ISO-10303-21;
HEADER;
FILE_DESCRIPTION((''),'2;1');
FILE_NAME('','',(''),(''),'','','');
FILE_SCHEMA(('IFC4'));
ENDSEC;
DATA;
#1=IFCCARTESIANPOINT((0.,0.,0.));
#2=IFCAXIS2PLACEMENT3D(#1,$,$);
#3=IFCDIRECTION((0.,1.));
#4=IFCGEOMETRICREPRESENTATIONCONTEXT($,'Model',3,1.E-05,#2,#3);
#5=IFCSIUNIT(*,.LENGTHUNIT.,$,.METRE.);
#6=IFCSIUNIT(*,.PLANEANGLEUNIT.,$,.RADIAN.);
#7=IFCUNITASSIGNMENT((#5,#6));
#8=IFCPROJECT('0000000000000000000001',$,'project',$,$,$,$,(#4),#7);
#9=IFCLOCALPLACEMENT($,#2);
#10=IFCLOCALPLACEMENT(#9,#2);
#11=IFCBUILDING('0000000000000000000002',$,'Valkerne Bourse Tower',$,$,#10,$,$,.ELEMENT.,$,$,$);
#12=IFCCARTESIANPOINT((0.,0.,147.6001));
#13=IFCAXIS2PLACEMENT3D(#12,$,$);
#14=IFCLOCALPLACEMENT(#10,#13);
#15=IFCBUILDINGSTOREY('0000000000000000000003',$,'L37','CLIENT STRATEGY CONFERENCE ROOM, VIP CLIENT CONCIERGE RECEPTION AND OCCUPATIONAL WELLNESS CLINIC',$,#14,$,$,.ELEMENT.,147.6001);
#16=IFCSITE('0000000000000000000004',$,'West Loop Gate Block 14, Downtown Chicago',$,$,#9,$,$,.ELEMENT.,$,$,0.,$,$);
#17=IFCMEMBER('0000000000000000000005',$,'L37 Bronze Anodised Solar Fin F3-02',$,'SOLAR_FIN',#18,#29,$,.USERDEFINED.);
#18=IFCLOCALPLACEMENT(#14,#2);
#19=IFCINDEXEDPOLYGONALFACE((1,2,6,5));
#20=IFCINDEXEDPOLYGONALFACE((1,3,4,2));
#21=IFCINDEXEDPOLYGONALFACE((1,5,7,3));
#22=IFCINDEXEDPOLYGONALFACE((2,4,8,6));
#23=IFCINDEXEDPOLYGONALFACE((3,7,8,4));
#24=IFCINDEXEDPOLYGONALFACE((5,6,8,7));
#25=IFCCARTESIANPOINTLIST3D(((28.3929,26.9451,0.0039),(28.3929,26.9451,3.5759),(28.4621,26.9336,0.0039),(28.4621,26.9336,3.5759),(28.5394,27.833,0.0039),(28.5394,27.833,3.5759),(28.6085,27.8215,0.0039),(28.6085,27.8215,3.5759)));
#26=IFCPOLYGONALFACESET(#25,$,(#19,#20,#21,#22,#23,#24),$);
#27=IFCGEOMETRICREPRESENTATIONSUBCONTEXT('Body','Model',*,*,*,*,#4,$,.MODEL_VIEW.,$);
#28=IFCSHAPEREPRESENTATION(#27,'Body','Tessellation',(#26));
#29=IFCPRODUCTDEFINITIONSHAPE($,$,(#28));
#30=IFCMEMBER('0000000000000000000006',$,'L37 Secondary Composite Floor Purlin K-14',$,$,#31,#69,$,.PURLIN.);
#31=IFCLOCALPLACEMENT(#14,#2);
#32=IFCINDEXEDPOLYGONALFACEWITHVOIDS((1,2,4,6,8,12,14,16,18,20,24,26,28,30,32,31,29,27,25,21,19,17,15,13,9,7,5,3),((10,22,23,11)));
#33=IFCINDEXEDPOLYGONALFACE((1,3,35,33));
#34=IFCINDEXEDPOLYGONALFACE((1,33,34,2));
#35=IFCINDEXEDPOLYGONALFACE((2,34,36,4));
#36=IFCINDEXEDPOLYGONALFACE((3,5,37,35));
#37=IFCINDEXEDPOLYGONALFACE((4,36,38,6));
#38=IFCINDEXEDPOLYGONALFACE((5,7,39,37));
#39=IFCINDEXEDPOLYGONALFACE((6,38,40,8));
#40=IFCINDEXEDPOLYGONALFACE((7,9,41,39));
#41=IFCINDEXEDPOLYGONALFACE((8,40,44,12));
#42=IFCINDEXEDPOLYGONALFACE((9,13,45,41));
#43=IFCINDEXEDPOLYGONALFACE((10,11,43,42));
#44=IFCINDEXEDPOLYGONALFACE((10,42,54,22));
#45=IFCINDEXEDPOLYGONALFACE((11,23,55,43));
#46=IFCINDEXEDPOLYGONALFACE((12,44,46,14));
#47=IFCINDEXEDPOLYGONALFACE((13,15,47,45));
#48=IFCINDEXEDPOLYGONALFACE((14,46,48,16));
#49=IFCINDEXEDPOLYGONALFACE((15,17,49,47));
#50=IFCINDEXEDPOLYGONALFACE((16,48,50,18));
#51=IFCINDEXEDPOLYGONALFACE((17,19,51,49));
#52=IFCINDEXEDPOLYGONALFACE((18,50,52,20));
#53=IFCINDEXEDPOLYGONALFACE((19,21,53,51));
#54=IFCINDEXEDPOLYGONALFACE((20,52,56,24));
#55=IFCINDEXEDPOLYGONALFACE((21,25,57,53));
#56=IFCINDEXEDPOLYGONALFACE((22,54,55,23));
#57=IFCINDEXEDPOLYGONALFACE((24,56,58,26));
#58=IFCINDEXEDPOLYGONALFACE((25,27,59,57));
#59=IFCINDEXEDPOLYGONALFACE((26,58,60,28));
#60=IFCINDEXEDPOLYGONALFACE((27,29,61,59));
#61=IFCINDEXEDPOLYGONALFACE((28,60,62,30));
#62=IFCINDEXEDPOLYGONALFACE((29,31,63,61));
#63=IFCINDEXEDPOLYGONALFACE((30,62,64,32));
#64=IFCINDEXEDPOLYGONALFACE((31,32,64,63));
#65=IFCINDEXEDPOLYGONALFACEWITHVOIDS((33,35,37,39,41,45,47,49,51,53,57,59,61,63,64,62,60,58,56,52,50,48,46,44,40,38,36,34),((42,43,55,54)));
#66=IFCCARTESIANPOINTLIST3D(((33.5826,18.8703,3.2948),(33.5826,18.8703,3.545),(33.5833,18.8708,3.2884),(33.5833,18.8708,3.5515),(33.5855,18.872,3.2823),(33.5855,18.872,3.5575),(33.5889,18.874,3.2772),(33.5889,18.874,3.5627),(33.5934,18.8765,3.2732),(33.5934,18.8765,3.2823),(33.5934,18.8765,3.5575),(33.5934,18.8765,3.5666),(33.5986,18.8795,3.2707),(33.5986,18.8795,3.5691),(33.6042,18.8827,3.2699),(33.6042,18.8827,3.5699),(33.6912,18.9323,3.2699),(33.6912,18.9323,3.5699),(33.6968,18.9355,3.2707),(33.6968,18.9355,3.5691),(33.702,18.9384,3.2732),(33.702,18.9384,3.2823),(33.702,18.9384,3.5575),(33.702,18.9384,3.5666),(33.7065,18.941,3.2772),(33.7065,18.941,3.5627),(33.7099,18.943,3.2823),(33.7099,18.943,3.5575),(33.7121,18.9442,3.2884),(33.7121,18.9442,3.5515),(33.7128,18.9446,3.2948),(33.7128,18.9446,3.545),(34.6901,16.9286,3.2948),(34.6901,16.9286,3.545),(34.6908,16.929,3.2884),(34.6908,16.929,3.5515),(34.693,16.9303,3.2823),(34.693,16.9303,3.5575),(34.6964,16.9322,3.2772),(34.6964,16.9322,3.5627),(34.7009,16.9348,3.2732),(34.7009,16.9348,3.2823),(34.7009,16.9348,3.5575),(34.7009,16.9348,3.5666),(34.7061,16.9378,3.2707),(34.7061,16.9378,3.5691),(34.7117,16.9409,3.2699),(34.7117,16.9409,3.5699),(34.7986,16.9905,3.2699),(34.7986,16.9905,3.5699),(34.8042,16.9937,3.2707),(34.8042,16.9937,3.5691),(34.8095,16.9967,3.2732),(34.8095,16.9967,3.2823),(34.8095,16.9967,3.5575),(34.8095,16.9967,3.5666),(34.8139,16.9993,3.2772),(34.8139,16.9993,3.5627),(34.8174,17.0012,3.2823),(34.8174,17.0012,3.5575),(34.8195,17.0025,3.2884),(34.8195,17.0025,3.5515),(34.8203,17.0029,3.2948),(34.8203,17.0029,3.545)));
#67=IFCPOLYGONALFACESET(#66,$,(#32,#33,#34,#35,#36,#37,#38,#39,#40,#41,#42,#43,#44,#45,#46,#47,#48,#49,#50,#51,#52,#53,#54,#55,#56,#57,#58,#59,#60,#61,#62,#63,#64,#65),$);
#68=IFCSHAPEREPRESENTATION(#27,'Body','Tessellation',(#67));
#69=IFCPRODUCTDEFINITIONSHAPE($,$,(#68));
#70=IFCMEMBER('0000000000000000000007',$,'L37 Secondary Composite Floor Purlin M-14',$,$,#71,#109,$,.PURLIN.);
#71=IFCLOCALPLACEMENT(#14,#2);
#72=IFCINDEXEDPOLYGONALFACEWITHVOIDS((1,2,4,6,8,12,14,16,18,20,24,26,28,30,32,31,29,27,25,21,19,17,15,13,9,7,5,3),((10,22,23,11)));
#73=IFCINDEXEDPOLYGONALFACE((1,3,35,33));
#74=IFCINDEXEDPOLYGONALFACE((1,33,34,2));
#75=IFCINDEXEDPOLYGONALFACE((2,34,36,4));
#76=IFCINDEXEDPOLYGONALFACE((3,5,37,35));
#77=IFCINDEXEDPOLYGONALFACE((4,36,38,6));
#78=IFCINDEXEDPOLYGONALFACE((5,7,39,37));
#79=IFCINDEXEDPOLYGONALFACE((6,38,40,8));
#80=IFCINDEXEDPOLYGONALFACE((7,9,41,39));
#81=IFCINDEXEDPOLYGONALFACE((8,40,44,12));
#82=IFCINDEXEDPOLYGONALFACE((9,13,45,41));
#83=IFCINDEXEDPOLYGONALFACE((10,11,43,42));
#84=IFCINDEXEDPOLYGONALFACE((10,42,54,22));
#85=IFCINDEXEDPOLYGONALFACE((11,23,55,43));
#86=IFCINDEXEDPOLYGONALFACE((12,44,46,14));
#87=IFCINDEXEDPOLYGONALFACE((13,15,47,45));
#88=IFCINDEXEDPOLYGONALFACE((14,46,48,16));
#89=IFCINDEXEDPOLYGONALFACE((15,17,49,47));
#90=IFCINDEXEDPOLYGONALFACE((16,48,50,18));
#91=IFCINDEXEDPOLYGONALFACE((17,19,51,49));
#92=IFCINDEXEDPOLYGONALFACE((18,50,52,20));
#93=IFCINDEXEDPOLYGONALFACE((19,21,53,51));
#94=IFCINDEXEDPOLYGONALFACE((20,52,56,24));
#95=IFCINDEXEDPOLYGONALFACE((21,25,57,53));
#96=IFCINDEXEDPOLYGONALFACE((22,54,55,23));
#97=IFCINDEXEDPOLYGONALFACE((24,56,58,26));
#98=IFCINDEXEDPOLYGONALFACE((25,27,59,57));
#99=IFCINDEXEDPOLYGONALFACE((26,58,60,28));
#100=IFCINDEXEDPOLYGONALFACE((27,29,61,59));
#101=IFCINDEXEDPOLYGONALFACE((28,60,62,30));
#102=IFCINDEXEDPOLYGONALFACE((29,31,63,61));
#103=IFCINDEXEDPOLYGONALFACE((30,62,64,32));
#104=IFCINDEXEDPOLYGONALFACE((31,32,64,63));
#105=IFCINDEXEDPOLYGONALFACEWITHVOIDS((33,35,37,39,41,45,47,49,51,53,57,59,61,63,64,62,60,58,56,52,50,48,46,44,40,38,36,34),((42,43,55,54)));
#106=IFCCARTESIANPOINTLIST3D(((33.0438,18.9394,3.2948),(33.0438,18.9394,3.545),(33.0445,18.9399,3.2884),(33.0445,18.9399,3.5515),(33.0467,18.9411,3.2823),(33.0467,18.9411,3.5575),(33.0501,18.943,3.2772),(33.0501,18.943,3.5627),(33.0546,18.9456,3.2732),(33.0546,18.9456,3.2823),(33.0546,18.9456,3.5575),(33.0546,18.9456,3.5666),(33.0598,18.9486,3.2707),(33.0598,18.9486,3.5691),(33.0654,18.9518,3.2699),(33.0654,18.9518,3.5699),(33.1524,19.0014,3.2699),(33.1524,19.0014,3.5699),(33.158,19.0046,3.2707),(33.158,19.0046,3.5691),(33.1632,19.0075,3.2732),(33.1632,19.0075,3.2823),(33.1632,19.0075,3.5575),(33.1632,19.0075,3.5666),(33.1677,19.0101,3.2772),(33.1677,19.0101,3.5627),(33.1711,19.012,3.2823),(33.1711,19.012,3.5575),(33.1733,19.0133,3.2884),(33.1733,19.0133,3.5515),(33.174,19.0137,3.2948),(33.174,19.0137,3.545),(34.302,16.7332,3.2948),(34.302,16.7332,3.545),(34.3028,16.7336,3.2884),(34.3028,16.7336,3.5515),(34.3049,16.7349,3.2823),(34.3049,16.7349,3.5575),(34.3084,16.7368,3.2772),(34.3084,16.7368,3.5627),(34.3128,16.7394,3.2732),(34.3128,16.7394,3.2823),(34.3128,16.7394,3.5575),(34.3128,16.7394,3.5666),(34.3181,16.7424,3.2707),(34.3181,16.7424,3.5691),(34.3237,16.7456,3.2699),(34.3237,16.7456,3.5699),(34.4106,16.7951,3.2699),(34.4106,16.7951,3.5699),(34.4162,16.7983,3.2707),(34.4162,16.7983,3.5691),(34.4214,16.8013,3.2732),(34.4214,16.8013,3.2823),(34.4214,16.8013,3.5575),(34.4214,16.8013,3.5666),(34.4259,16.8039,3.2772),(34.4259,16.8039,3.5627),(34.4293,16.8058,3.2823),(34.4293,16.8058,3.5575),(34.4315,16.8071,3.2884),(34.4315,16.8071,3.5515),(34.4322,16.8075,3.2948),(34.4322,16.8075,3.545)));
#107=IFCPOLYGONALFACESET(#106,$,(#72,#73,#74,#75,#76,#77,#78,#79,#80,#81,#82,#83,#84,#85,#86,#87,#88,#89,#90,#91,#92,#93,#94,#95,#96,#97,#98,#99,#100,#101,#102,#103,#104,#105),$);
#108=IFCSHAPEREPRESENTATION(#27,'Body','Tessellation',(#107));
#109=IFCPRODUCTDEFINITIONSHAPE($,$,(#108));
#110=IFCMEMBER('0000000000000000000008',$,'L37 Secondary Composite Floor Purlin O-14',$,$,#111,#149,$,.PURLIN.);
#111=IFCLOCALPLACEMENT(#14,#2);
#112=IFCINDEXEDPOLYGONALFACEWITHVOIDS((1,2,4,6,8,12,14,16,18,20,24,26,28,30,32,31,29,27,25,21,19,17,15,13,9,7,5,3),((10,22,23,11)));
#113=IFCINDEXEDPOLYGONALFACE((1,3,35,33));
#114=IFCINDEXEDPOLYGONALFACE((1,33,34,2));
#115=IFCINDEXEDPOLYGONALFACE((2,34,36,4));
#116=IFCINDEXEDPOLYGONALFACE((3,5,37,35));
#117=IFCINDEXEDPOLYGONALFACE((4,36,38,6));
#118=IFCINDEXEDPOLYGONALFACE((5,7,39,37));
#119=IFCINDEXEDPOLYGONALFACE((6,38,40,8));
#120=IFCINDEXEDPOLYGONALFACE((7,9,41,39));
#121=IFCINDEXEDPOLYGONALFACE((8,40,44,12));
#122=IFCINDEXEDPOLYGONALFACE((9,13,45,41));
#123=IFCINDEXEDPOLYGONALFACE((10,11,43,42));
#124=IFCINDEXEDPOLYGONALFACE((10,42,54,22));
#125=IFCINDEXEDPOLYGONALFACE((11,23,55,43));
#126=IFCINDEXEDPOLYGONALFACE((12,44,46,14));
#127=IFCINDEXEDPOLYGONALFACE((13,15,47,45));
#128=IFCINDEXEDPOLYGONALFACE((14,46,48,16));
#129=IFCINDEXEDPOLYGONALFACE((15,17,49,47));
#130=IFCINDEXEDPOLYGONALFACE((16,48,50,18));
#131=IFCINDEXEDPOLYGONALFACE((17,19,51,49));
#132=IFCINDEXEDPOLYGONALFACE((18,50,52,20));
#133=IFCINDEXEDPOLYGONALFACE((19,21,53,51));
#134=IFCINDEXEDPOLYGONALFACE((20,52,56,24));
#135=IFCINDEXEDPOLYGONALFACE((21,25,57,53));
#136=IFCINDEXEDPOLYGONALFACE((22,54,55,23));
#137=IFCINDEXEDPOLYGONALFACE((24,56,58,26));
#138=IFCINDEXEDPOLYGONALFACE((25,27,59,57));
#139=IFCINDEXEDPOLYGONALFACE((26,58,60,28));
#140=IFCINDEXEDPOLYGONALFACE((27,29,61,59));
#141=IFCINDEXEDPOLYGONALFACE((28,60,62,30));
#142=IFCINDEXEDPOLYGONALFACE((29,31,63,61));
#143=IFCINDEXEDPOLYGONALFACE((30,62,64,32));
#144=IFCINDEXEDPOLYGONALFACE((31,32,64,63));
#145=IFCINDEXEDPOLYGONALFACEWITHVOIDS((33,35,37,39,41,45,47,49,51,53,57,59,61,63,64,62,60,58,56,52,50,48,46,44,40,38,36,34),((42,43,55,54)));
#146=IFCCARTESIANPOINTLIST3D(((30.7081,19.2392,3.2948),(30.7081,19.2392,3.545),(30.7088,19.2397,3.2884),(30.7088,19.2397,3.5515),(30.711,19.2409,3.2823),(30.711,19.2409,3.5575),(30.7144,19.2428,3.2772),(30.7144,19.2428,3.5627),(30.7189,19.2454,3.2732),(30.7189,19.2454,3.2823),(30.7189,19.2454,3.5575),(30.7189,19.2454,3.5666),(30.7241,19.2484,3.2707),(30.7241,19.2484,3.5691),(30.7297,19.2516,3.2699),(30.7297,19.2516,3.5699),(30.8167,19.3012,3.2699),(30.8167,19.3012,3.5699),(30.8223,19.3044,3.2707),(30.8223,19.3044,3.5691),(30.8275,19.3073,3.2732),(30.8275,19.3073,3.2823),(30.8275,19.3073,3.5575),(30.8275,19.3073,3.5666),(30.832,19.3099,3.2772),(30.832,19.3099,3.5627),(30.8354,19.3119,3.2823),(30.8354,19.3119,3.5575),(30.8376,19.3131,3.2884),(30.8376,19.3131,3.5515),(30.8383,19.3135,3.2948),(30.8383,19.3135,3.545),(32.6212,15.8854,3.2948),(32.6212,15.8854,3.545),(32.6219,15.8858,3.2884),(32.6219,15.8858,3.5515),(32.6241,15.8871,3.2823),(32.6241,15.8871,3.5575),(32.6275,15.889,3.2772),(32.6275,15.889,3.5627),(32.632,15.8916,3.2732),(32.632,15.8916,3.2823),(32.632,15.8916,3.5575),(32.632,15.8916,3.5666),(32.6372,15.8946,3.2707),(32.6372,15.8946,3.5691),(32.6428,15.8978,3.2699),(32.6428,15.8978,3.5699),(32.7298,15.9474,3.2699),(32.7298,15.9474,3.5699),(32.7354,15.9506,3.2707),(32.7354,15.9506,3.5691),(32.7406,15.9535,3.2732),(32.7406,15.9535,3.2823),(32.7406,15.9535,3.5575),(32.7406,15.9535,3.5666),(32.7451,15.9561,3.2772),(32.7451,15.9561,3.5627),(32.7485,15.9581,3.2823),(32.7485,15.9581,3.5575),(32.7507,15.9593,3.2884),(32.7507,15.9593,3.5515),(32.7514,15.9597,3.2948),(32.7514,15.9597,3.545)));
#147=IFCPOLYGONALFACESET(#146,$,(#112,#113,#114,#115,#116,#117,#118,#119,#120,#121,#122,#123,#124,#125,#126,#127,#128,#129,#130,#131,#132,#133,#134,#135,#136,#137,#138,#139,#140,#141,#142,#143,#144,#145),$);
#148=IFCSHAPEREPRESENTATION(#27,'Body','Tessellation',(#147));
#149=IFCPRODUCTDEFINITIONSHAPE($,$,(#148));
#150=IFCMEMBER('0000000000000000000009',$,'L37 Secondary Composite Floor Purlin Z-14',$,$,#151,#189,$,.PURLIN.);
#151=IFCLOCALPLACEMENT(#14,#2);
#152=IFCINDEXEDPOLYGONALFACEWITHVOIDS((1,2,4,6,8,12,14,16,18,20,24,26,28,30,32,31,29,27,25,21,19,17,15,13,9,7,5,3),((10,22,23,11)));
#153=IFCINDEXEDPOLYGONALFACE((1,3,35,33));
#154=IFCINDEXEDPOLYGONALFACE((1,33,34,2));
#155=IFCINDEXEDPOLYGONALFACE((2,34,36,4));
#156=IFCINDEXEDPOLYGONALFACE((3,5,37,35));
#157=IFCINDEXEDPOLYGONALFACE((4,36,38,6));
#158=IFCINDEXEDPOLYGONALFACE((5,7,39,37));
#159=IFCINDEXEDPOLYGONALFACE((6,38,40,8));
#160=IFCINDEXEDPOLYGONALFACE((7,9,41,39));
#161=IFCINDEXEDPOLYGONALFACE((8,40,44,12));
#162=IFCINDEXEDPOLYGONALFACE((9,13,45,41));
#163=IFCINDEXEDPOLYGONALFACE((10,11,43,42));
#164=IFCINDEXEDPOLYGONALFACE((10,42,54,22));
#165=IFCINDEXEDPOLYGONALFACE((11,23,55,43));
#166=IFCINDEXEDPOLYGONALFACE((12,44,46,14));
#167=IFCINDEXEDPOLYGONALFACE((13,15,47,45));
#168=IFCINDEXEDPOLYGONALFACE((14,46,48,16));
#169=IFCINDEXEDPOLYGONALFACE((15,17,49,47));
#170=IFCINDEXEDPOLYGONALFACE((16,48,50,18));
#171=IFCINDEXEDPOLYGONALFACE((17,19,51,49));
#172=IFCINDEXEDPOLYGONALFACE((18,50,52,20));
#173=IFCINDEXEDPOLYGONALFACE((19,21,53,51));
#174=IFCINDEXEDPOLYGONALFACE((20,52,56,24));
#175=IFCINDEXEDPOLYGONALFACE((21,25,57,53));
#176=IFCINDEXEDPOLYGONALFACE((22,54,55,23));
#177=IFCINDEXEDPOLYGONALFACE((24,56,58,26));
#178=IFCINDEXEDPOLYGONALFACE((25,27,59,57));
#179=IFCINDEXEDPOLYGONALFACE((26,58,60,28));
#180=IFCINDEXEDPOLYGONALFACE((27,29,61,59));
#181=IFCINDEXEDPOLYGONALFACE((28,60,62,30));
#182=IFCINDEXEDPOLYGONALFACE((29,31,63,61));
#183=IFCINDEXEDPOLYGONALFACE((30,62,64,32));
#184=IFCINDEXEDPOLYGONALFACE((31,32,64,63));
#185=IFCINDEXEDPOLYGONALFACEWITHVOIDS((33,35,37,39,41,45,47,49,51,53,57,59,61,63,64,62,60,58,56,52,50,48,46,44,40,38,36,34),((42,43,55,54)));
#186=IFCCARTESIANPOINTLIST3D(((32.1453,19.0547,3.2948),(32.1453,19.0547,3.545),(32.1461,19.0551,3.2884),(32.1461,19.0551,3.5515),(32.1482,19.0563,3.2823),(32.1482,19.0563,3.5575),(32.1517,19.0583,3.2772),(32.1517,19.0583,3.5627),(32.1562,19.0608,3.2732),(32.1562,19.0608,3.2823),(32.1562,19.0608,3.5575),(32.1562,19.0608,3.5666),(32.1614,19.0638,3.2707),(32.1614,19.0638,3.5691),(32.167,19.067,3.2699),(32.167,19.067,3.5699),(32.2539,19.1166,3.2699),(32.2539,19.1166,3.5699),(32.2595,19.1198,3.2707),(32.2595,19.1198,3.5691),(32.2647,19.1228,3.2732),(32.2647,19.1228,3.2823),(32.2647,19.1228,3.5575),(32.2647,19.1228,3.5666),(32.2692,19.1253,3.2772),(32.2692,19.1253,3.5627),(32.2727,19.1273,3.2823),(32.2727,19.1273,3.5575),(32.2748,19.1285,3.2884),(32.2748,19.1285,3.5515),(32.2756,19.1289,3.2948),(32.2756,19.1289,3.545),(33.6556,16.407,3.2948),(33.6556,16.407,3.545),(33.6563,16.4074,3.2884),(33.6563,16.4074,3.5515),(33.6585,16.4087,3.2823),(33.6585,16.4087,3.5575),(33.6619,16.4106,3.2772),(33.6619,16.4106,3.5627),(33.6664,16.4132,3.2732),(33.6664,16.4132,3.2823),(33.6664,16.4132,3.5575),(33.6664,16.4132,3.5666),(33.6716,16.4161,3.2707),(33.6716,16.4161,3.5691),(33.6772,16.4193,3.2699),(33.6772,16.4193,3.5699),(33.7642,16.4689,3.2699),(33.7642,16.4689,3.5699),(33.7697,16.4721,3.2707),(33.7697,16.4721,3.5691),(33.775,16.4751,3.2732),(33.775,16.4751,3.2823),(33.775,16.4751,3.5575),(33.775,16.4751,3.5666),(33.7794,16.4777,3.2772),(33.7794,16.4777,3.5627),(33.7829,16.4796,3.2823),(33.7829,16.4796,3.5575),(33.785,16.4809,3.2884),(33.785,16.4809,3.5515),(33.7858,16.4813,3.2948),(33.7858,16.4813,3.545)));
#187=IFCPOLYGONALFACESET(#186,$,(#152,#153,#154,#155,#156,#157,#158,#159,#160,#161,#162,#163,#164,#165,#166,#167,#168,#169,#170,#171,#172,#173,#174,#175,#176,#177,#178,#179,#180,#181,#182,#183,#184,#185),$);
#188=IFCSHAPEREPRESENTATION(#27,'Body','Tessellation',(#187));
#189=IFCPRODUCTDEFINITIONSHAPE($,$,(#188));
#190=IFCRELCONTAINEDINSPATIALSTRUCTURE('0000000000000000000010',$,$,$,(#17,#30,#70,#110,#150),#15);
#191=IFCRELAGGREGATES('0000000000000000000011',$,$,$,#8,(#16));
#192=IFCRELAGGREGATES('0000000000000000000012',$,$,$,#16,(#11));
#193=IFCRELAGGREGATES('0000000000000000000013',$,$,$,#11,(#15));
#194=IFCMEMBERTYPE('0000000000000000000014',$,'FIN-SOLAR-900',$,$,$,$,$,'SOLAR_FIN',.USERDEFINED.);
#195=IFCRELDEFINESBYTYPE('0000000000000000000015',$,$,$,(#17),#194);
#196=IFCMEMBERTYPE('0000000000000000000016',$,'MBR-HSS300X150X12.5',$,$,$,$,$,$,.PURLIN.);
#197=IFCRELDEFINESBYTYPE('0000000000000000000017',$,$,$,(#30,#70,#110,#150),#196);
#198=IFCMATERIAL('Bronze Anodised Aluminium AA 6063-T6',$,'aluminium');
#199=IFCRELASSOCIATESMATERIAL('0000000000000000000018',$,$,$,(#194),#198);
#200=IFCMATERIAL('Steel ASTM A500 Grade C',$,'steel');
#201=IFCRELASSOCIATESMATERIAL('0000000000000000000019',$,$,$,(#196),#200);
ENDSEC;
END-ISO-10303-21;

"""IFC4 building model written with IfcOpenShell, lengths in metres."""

from ifc_helpers import new_model, si_unit, direction, frame, origin, origin_2d, place, context, subcontext, project, spatial, rectangle, hollow_rectangle, extrude, material, material_profile, profile_set, type_object, element, save


model = new_model("IFC4")

# Units and contexts
model_context = context("Model", 3, precision=1e-05, world=origin(), true_north=direction((0.0, 1.0)))
body_context = subcontext(model_context, "Body", "Model", "MODEL_VIEW")
ifc_project = project(units=[si_unit("LENGTHUNIT", "METRE"), si_unit("PLANEANGLEUNIT", "RADIAN")], contexts=[model_context])

# Site, building, storey
site_placement = place(None, origin())
site = spatial("IfcSite", under=ifc_project, at=site_placement, Name="West Loop Gate Block 14, Downtown Chicago", CompositionType="ELEMENT", RefElevation=0.0)
building_placement = place(site_placement, origin())
building = spatial("IfcBuilding", under=site, at=building_placement, Name="Valkerne Bourse Tower", CompositionType="ELEMENT")
storey_placement = place(building_placement, frame((0.0, 0.0, 147.6001)))
storey = spatial("IfcBuildingStorey", under=building, at=storey_placement, Name="L37", Description="CLIENT STRATEGY CONFERENCE ROOM, VIP CLIENT CONCIERGE RECEPTION AND OCCUPATIONAL WELLNESS CLINIC", CompositionType="ELEMENT", Elevation=147.6001)

# Members
ifc_material_1 = material(Name="Bronze Anodised Aluminium AA 6063-T6", Category="aluminium")
ifc_material_profile_1 = material_profile(ifc_material_1, rectangle(XDim=0.0701, YDim=0.8999, at=origin_2d()), Name="FIN-70X900")
ifc_profile_set_1 = profile_set([ifc_material_profile_1], Name="Bronze Anodised Aluminium AA 6063-T6")
member_type_1 = type_object("IfcMemberType", Name="FIN-SOLAR-900", ElementType="SOLAR_FIN", PredefinedType="USERDEFINED", material=ifc_profile_set_1)
member_1_placement = place(storey_placement, frame((28.5007, 27.3833, 0.0039), z_axis=(0.0, 0.0, 1.0), x_axis=(-0.986663, 0.162779, 0.0)))
element("IfcMember", 1, at=member_1_placement, inside=storey, type_object=member_type_1, Name="L37 Bronze Anodised Solar Fin F3-02", ObjectType="SOLAR_FIN", PredefinedType="USERDEFINED", context=body_context, shape_type="SweptSolid", body=[
    extrude(rectangle(XDim=0.0701, YDim=0.8999, at=origin_2d()), origin(), (0.0, 0.0, 1.0), 3.572),
])
ifc_material_2 = material(Name="Steel ASTM A500 Grade C", Category="steel")
ifc_material_profile_2 = material_profile(ifc_material_2, hollow_rectangle(XDim=0.1499, YDim=0.3, WallThickness=0.0125, OuterFilletRadius=0.0249, at=origin_2d()), Name="HSS300X150X12.5")
ifc_profile_set_2 = profile_set([ifc_material_profile_2], Name="Steel ASTM A500 Grade C")
member_type_2 = type_object("IfcMemberType", Name="MBR-HSS300X150X12.5", PredefinedType="PURLIN", material=ifc_profile_set_2)
member_2_placement = place(storey_placement, frame((33.6477, 18.9075, 3.4199), z_axis=(0.495433, -0.868646, 0.0), x_axis=(0.868646, 0.495433, 0.0)))
element("IfcMember", 2, at=member_2_placement, inside=storey, type_object=member_type_2, Name="L37 Secondary Composite Floor Purlin K-14", PredefinedType="PURLIN", context=body_context, shape_type="SweptSolid", body=[
    extrude(hollow_rectangle(XDim=0.1499, YDim=0.3, WallThickness=0.0125, OuterFilletRadius=0.0249, at=origin_2d()), origin(), (0.0, 0.0, 1.0), 2.2354),
])
member_3_placement = place(storey_placement, frame((33.1089, 18.9766, 3.4199), z_axis=(0.495414, -0.868657, 0.0), x_axis=(0.868657, 0.495414, 0.0)))
element("IfcMember", 3, at=member_3_placement, inside=storey, type_object=member_type_2, Name="L37 Secondary Composite Floor Purlin M-14", PredefinedType="PURLIN", context=body_context, shape_type="SweptSolid", body=[
    extrude(hollow_rectangle(XDim=0.1499, YDim=0.3, WallThickness=0.0125, OuterFilletRadius=0.0249, at=origin_2d()), origin(), (0.0, 0.0, 1.0), 2.5398),
])
member_4_placement = place(storey_placement, frame((30.7732, 19.2764, 3.4199), z_axis=(0.495485, -0.868616, 0.0), x_axis=(0.868616, 0.495485, 0.0)))
element("IfcMember", 4, at=member_4_placement, inside=storey, type_object=member_type_2, Name="L37 Secondary Composite Floor Purlin O-14", PredefinedType="PURLIN", context=body_context, shape_type="SweptSolid", body=[
    extrude(hollow_rectangle(XDim=0.1499, YDim=0.3, WallThickness=0.0125, OuterFilletRadius=0.0249, at=origin_2d()), origin(), (0.0, 0.0, 1.0), 3.8611),
])
member_5_placement = place(storey_placement, frame((32.2104, 19.0918, 3.4199), z_axis=(0.495466, -0.868627, 0.0), x_axis=(0.868627, 0.495466, 0.0)))
element("IfcMember", 5, at=member_5_placement, inside=storey, type_object=member_type_2, Name="L37 Secondary Composite Floor Purlin Z-14", PredefinedType="PURLIN", context=body_context, shape_type="SweptSolid", body=[
    extrude(hollow_rectangle(XDim=0.1499, YDim=0.3, WallThickness=0.0125, OuterFilletRadius=0.0249, at=origin_2d()), origin(), (0.0, 0.0, 1.0), 3.0481),
])

save(model, "model.ifc")
